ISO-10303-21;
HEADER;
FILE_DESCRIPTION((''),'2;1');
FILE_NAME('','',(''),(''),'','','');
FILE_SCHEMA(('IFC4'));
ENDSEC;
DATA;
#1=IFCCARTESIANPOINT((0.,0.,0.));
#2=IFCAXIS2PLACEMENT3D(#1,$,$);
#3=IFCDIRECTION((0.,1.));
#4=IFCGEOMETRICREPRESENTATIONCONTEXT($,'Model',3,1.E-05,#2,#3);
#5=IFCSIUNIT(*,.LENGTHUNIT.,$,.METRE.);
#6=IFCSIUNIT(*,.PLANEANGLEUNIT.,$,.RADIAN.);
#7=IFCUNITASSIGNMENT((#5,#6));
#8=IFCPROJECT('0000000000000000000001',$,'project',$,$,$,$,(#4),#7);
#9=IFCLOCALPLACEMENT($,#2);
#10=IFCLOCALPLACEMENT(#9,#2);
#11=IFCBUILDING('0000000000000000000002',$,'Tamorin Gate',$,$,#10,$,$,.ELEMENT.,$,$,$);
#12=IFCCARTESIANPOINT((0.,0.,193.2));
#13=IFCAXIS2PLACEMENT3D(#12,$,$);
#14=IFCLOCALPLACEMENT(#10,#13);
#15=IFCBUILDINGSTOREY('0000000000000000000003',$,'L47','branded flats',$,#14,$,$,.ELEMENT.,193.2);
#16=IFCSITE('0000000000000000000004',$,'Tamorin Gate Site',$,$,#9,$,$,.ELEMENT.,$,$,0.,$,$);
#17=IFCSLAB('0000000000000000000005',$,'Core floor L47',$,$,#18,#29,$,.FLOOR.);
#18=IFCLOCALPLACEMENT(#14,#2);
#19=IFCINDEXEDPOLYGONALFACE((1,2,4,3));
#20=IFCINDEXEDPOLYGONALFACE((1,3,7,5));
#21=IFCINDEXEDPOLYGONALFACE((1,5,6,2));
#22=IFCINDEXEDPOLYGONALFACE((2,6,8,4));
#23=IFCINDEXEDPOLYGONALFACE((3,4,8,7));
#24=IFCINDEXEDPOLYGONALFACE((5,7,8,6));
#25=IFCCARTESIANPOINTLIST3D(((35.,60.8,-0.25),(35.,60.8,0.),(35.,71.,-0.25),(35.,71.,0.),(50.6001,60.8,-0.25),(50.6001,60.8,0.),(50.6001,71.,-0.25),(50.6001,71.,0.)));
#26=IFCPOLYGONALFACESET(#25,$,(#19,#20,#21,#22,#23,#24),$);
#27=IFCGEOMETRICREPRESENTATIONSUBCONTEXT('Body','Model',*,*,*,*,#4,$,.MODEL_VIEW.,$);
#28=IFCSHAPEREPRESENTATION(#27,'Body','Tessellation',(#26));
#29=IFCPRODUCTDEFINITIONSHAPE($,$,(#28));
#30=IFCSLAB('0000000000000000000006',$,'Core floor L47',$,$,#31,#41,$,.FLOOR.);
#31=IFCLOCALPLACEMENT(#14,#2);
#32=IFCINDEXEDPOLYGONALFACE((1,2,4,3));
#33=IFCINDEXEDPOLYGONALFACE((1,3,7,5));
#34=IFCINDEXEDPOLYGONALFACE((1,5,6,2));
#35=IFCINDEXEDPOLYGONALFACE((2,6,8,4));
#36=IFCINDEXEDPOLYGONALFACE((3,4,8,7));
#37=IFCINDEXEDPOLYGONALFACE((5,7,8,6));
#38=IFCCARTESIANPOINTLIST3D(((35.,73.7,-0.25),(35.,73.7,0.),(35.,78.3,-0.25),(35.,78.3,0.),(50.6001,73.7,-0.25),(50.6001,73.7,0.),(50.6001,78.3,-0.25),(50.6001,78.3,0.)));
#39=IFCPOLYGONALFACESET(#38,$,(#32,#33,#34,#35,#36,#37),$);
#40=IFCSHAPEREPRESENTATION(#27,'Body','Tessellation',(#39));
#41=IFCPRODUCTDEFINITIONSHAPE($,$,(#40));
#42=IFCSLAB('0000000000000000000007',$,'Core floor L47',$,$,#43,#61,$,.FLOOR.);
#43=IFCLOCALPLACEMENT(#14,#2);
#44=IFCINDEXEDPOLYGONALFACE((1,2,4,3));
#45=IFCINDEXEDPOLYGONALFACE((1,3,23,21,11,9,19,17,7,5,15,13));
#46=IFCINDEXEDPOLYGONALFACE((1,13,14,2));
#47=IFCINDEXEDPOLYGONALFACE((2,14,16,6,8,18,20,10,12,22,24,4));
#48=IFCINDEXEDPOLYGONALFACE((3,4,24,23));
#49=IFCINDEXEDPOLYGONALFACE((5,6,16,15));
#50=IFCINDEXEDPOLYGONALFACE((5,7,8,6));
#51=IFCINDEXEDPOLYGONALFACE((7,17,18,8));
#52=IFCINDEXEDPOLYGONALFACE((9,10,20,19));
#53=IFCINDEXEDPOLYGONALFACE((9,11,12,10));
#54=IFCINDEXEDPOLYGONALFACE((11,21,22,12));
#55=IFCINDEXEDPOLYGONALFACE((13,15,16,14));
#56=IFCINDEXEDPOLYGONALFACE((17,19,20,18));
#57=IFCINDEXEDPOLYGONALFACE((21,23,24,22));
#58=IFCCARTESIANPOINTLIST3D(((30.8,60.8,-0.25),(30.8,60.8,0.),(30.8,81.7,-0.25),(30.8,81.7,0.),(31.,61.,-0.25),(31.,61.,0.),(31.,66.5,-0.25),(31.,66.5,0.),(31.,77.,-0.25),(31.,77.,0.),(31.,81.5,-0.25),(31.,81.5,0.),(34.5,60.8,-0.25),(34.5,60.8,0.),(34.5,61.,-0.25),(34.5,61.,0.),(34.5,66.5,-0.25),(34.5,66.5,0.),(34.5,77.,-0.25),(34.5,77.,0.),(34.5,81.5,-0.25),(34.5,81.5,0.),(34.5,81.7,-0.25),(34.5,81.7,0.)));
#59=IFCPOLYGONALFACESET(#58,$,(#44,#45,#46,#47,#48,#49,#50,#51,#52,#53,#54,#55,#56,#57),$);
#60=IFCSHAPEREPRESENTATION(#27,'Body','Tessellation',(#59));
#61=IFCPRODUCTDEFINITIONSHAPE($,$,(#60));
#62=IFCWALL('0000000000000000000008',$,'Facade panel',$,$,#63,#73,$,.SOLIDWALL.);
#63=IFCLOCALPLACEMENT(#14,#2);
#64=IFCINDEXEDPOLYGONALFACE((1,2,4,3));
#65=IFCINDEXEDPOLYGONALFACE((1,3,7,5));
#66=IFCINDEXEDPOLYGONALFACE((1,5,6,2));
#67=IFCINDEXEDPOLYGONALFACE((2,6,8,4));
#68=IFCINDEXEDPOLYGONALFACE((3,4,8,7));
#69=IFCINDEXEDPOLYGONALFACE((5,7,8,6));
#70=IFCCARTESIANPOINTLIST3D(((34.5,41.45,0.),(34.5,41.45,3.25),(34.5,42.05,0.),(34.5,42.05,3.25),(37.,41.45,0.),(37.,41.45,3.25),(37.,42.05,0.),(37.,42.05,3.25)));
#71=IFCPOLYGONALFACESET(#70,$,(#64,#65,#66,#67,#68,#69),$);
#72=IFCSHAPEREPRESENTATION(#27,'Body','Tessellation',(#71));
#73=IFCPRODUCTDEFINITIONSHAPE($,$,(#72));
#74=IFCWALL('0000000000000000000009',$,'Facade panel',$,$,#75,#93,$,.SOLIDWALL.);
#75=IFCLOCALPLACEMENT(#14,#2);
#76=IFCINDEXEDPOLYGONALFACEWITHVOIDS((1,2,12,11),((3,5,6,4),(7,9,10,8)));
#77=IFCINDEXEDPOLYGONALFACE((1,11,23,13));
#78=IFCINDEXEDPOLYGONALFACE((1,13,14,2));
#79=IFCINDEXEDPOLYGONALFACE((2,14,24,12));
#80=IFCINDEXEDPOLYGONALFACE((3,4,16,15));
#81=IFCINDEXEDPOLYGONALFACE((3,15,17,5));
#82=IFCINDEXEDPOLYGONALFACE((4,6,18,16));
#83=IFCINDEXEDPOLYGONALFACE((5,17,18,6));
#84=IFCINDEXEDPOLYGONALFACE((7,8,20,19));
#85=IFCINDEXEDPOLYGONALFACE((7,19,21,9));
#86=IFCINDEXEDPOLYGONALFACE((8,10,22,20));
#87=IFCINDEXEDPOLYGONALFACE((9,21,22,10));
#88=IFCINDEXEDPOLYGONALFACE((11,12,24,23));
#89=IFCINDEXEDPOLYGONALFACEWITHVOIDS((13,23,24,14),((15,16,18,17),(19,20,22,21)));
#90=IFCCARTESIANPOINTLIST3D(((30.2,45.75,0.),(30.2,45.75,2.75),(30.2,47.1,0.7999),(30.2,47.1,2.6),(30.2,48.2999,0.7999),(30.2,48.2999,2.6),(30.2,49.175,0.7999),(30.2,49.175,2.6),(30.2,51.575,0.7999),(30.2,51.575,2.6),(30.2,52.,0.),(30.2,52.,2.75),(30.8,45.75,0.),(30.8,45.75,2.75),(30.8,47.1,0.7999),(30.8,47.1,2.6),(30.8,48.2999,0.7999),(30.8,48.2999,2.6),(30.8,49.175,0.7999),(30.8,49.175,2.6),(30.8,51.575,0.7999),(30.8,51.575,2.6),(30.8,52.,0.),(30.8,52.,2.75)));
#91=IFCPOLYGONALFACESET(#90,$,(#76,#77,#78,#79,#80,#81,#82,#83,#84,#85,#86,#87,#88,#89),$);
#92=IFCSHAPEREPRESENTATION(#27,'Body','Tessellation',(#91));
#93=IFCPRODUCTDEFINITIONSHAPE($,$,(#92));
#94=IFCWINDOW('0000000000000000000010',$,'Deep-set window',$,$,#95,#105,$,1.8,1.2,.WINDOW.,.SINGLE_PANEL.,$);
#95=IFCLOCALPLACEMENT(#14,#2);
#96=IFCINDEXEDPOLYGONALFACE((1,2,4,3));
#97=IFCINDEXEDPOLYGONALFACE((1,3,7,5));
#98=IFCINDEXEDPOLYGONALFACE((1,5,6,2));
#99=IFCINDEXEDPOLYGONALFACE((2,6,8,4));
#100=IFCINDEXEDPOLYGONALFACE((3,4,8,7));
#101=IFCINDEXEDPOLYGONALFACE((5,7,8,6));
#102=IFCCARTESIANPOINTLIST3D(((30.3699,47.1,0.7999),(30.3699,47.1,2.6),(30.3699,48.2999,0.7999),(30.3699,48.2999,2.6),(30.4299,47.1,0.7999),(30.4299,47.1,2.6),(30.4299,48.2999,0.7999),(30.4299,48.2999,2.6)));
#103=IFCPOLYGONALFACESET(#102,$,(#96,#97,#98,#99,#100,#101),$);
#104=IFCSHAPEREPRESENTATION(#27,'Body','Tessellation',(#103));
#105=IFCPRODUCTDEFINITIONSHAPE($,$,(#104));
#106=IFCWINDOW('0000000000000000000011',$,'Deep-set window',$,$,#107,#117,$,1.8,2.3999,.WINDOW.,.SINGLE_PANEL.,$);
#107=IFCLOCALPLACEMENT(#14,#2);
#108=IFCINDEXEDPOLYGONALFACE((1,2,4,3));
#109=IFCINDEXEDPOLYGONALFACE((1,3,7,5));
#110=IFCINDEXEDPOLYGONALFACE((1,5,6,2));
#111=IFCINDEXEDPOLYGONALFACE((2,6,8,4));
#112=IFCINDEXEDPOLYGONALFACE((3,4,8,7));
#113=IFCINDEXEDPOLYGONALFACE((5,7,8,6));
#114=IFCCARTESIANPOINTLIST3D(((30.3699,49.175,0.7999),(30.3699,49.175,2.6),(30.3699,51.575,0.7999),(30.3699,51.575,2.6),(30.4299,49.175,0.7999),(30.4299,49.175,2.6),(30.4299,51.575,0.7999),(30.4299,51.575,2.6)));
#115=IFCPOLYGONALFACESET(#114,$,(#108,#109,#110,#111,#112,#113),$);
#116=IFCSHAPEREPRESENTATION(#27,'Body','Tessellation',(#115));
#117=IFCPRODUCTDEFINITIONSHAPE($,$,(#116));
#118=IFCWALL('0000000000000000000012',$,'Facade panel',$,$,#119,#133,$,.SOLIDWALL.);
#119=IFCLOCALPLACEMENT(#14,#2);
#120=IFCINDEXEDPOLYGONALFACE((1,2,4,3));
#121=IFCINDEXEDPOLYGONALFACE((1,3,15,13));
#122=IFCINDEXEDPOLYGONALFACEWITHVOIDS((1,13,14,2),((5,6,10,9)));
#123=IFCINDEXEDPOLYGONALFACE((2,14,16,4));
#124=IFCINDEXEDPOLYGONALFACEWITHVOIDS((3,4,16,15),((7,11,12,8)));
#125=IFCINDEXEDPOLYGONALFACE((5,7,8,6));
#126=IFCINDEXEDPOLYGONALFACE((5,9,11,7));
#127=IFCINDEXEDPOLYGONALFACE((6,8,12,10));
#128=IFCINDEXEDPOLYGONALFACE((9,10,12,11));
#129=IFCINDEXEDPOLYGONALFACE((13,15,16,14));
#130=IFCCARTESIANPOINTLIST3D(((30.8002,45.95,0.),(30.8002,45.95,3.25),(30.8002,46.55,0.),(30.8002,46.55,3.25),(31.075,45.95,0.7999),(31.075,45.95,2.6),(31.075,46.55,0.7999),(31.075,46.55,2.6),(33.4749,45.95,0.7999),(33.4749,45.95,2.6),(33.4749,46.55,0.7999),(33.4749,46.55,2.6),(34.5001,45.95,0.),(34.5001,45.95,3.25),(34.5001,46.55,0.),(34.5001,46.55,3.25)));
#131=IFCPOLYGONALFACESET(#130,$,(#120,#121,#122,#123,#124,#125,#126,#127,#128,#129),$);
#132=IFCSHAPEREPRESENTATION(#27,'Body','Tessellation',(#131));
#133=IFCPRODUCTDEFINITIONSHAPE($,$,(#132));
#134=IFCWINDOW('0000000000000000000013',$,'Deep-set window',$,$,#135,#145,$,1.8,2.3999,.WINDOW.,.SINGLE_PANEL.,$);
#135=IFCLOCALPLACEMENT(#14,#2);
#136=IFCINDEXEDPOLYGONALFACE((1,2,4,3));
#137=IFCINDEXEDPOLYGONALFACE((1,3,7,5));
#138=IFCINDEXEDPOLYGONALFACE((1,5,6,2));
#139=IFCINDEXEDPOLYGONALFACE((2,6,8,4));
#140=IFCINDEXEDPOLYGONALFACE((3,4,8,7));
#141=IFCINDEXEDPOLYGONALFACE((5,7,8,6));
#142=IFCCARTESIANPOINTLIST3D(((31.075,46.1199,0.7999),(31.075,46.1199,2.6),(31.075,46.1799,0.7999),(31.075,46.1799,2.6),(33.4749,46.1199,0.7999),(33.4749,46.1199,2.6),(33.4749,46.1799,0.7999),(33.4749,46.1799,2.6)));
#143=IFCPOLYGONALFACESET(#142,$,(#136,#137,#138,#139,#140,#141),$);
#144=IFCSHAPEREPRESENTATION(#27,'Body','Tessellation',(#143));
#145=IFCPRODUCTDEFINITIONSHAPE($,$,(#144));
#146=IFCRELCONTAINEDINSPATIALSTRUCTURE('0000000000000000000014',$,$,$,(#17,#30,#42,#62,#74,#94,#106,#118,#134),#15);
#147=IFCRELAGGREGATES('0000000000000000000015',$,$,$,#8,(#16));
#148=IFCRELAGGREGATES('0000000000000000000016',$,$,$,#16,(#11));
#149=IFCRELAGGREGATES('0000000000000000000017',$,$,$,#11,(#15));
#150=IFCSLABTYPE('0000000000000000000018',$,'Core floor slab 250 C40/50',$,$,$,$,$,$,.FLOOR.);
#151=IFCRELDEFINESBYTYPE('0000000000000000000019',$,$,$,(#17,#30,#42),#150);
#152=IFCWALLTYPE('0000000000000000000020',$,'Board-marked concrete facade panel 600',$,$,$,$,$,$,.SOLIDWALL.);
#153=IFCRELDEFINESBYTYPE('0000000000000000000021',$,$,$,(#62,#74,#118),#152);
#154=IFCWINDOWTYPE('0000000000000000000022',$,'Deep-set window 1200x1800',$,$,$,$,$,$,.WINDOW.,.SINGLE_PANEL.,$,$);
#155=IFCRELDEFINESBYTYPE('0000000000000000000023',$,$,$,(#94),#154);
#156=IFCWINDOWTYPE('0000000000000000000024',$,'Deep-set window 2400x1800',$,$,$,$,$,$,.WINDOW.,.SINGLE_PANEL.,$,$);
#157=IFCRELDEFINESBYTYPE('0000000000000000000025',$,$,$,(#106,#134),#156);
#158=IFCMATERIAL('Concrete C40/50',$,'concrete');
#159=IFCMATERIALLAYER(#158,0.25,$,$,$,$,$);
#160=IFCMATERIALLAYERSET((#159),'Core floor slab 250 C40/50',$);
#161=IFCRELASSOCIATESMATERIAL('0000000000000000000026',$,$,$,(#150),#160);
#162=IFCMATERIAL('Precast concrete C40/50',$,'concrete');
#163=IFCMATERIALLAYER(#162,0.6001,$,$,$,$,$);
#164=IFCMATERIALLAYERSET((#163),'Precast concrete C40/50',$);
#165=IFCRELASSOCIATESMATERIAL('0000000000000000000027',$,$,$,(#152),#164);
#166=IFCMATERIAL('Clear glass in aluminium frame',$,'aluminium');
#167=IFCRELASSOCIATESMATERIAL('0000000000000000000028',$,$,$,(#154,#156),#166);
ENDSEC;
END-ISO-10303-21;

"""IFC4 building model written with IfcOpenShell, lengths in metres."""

from ifc_helpers import new_model, si_unit, direction, frame, frame_2d, origin, place, context, subcontext, project, spatial, polyline, rectangle, outline, extrude, material, layer, layer_set, type_object, element, fill, save


model = new_model("IFC4")

# Units and contexts
model_context = context("Model", 3, precision=1e-05, world=origin(), true_north=direction((0.0, 1.0)))
body_context = subcontext(model_context, "Body", "Model", "MODEL_VIEW")
ifc_project = project(units=[si_unit("LENGTHUNIT", "METRE"), si_unit("PLANEANGLEUNIT", "RADIAN")], contexts=[model_context])

# Site, building, storey
site_placement = place(None, origin())
site = spatial("IfcSite", under=ifc_project, at=site_placement, Name="Tamorin Gate Site", CompositionType="ELEMENT", RefElevation=0.0)
building_placement = place(site_placement, origin())
building = spatial("IfcBuilding", under=site, at=building_placement, Name="Tamorin Gate", CompositionType="ELEMENT")
storey_placement = place(building_placement, frame((0.0, 0.0, 193.2)))
storey = spatial("IfcBuildingStorey", under=building, at=storey_placement, Name="L47", Description="branded flats", CompositionType="ELEMENT", Elevation=193.2)

# Slabs
ifc_material_1 = material(Name="Concrete C40/50", Category="concrete")
ifc_layer_1 = layer(ifc_material_1, 0.25)
ifc_layer_set_1 = layer_set([ifc_layer_1], Name="Core floor slab 250 C40/50")
slab_type = type_object("IfcSlabType", Name="Core floor slab 250 C40/50", PredefinedType="FLOOR", material=ifc_layer_set_1)
slab_1_placement = place(storey_placement, frame((0.0, 0.0, -0.25)))
element("IfcSlab", 1, at=slab_1_placement, inside=storey, type_object=slab_type, Name="Core floor L47", PredefinedType="FLOOR", context=body_context, shape_type="SweptSolid", body=[
    extrude(outline(polyline([(50.6001, 71.0), (50.6001, 60.8), (35.0, 60.8), (35.0, 71.0), (50.6001, 71.0)])), origin(), (0.0, 0.0, 1.0), 0.25),
])
slab_2_placement = place(storey_placement, frame((0.0, 0.0, -0.25)))
element("IfcSlab", 2, at=slab_2_placement, inside=storey, type_object=slab_type, Name="Core floor L47", PredefinedType="FLOOR", context=body_context, shape_type="SweptSolid", body=[
    extrude(outline(polyline([(50.6001, 73.7), (35.0, 73.7), (35.0, 78.3), (50.6001, 78.3), (50.6001, 73.7)])), origin(), (0.0, 0.0, 1.0), 0.25),
])
slab_3_placement = place(storey_placement, frame((0.0, 0.0, -0.25)))
element("IfcSlab", 3, at=slab_3_placement, inside=storey, type_object=slab_type, Name="Core floor L47", PredefinedType="FLOOR", context=body_context, shape_type="SweptSolid", body=[
    extrude(outline(polyline([(34.5, 60.8), (30.8, 60.8), (30.8, 81.7), (34.5, 81.7), (34.5, 81.5), (31.0, 81.5), (31.0, 77.0), (34.5, 77.0), (34.5, 66.5), (31.0, 66.5), (31.0, 61.0), (34.5, 61.0), (34.5, 60.8)])), origin(), (0.0, 0.0, 1.0), 0.25),
])

# Wall
ifc_material_2 = material(Name="Precast concrete C40/50", Category="concrete")
ifc_layer_2 = layer(ifc_material_2, 0.6001)
ifc_layer_set_2 = layer_set([ifc_layer_2], Name="Precast concrete C40/50")
wall_type_1 = type_object("IfcWallType", Name="Board-marked concrete facade panel 600", PredefinedType="SOLIDWALL", material=ifc_layer_set_2)
wall_1_placement = place(storey_placement, frame((34.5, 41.75, 0.0), z_axis=(0.0, 0.0, 1.0), x_axis=(1.0, 0.0, 0.0)))
element("IfcWall", 4, at=wall_1_placement, inside=storey, type_object=wall_type_1, Name="Facade panel", PredefinedType="SOLIDWALL", context=body_context, shape_type="SweptSolid", body=[
    extrude(rectangle(XDim=2.5, YDim=0.6001, at=frame_2d((1.25, 0.0))), origin(), (0.0, 0.0, 1.0), 3.25),
])

# Wall, openings, windows
wall_2_placement = place(storey_placement, frame((30.5, 52.0, 0.0), z_axis=(0.0, 0.0, 1.0), x_axis=(0.0, -1.0, 0.0)))
wall_2 = element("IfcWall", 5, at=wall_2_placement, inside=storey, type_object=wall_type_1, Name="Facade panel", PredefinedType="SOLIDWALL", context=body_context, shape_type="SweptSolid", body=[
    extrude(rectangle(XDim=6.25, YDim=0.6001, at=frame_2d((3.125, 0.0))), origin(), (0.0, 0.0, 1.0), 2.75),
])
opening_1_placement = place(wall_2_placement, frame((3.7, 0.0, 0.8)))
opening_1 = element("IfcOpeningElement", 6, at=opening_1_placement, cuts=wall_2, PredefinedType="OPENING", context=body_context, shape_type="SweptSolid", body=[
    extrude(rectangle(XDim=1.2, YDim=1.8, at=frame_2d((0.6001, 0.8999))), frame((0.0, 0.3101, 0.0), z_axis=(0.0, -1.0, 0.0), x_axis=(1.0, 0.0, 0.0)), (0.0, 0.0, 1.0), 0.6201),
])
opening_2_placement = place(wall_2_placement, frame((0.425, 0.0, 0.8)))
opening_2 = element("IfcOpeningElement", 7, at=opening_2_placement, cuts=wall_2, PredefinedType="OPENING", context=body_context, shape_type="SweptSolid", body=[
    extrude(rectangle(XDim=2.3999, YDim=1.8, at=frame_2d((1.2, 0.8999))), frame((0.0, 0.3101, 0.0), z_axis=(0.0, -1.0, 0.0), x_axis=(1.0, 0.0, 0.0)), (0.0, 0.0, 1.0), 0.6201),
])
ifc_material_3 = material(Name="Clear glass in aluminium frame", Category="aluminium")
window_type_1 = type_object("IfcWindowType", Name="Deep-set window 1200x1800", PartitioningType="SINGLE_PANEL", PredefinedType="WINDOW", material=ifc_material_3)
window_1_placement = place(opening_1_placement, origin())
window_1 = element("IfcWindow", 8, at=window_1_placement, inside=storey, type_object=window_type_1, Name="Deep-set window", OverallHeight=1.8, OverallWidth=1.2, PartitioningType="SINGLE_PANEL", PredefinedType="WINDOW", context=body_context, shape_type="SweptSolid", body=[
    extrude(rectangle(XDim=1.2, YDim=1.8, at=frame_2d((0.6001, 0.8999))), frame((0.0, -0.0701, 0.0), z_axis=(0.0, -1.0, 0.0), x_axis=(1.0, 0.0, 0.0)), (0.0, 0.0, 1.0), 0.0601),
])
fill(opening_1, window_1)
window_type_2 = type_object("IfcWindowType", Name="Deep-set window 2400x1800", PartitioningType="SINGLE_PANEL", PredefinedType="WINDOW", material=ifc_material_3)
window_2_placement = place(opening_2_placement, origin())
window_2 = element("IfcWindow", 9, at=window_2_placement, inside=storey, type_object=window_type_2, Name="Deep-set window", OverallHeight=1.8, OverallWidth=2.3999, PartitioningType="SINGLE_PANEL", PredefinedType="WINDOW", context=body_context, shape_type="SweptSolid", body=[
    extrude(rectangle(XDim=2.3999, YDim=1.8, at=frame_2d((1.2, 0.8999))), frame((0.0, -0.0701, 0.0), z_axis=(0.0, -1.0, 0.0), x_axis=(1.0, 0.0, 0.0)), (0.0, 0.0, 1.0), 0.0601),
])
fill(opening_2, window_2)

# Wall, opening, window
wall_3_placement = place(storey_placement, frame((30.8, 46.25, 0.0), z_axis=(0.0, 0.0, 1.0), x_axis=(1.0, 0.0, 0.0)))
wall_3 = element("IfcWall", 10, at=wall_3_placement, inside=storey, type_object=wall_type_1, Name="Facade panel", PredefinedType="SOLIDWALL", context=body_context, shape_type="SweptSolid", body=[
    extrude(rectangle(XDim=3.7, YDim=0.6001, at=frame_2d((1.8501, 0.0))), origin(), (0.0, 0.0, 1.0), 3.25),
])
opening_3_placement = place(wall_3_placement, frame((0.2749, 0.0, 0.8)))
opening_3 = element("IfcOpeningElement", 11, at=opening_3_placement, cuts=wall_3, PredefinedType="OPENING", context=body_context, shape_type="SweptSolid", body=[
    extrude(rectangle(XDim=2.3999, YDim=1.8, at=frame_2d((1.2, 0.8999))), frame((0.0, 0.3101, 0.0), z_axis=(0.0, -1.0, 0.0), x_axis=(1.0, 0.0, 0.0)), (0.0, 0.0, 1.0), 0.6201),
])
window_3_placement = place(opening_3_placement, origin())
window_3 = element("IfcWindow", 12, at=window_3_placement, inside=storey, type_object=window_type_2, Name="Deep-set window", OverallHeight=1.8, OverallWidth=2.3999, PartitioningType="SINGLE_PANEL", PredefinedType="WINDOW", context=body_context, shape_type="SweptSolid", body=[
    extrude(rectangle(XDim=2.3999, YDim=1.8, at=frame_2d((1.2, 0.8999))), frame((0.0, -0.0701, 0.0), z_axis=(0.0, -1.0, 0.0), x_axis=(1.0, 0.0, 0.0)), (0.0, 0.0, 1.0), 0.0601),
])
fill(opening_3, window_3)

save(model, "model.ifc")
